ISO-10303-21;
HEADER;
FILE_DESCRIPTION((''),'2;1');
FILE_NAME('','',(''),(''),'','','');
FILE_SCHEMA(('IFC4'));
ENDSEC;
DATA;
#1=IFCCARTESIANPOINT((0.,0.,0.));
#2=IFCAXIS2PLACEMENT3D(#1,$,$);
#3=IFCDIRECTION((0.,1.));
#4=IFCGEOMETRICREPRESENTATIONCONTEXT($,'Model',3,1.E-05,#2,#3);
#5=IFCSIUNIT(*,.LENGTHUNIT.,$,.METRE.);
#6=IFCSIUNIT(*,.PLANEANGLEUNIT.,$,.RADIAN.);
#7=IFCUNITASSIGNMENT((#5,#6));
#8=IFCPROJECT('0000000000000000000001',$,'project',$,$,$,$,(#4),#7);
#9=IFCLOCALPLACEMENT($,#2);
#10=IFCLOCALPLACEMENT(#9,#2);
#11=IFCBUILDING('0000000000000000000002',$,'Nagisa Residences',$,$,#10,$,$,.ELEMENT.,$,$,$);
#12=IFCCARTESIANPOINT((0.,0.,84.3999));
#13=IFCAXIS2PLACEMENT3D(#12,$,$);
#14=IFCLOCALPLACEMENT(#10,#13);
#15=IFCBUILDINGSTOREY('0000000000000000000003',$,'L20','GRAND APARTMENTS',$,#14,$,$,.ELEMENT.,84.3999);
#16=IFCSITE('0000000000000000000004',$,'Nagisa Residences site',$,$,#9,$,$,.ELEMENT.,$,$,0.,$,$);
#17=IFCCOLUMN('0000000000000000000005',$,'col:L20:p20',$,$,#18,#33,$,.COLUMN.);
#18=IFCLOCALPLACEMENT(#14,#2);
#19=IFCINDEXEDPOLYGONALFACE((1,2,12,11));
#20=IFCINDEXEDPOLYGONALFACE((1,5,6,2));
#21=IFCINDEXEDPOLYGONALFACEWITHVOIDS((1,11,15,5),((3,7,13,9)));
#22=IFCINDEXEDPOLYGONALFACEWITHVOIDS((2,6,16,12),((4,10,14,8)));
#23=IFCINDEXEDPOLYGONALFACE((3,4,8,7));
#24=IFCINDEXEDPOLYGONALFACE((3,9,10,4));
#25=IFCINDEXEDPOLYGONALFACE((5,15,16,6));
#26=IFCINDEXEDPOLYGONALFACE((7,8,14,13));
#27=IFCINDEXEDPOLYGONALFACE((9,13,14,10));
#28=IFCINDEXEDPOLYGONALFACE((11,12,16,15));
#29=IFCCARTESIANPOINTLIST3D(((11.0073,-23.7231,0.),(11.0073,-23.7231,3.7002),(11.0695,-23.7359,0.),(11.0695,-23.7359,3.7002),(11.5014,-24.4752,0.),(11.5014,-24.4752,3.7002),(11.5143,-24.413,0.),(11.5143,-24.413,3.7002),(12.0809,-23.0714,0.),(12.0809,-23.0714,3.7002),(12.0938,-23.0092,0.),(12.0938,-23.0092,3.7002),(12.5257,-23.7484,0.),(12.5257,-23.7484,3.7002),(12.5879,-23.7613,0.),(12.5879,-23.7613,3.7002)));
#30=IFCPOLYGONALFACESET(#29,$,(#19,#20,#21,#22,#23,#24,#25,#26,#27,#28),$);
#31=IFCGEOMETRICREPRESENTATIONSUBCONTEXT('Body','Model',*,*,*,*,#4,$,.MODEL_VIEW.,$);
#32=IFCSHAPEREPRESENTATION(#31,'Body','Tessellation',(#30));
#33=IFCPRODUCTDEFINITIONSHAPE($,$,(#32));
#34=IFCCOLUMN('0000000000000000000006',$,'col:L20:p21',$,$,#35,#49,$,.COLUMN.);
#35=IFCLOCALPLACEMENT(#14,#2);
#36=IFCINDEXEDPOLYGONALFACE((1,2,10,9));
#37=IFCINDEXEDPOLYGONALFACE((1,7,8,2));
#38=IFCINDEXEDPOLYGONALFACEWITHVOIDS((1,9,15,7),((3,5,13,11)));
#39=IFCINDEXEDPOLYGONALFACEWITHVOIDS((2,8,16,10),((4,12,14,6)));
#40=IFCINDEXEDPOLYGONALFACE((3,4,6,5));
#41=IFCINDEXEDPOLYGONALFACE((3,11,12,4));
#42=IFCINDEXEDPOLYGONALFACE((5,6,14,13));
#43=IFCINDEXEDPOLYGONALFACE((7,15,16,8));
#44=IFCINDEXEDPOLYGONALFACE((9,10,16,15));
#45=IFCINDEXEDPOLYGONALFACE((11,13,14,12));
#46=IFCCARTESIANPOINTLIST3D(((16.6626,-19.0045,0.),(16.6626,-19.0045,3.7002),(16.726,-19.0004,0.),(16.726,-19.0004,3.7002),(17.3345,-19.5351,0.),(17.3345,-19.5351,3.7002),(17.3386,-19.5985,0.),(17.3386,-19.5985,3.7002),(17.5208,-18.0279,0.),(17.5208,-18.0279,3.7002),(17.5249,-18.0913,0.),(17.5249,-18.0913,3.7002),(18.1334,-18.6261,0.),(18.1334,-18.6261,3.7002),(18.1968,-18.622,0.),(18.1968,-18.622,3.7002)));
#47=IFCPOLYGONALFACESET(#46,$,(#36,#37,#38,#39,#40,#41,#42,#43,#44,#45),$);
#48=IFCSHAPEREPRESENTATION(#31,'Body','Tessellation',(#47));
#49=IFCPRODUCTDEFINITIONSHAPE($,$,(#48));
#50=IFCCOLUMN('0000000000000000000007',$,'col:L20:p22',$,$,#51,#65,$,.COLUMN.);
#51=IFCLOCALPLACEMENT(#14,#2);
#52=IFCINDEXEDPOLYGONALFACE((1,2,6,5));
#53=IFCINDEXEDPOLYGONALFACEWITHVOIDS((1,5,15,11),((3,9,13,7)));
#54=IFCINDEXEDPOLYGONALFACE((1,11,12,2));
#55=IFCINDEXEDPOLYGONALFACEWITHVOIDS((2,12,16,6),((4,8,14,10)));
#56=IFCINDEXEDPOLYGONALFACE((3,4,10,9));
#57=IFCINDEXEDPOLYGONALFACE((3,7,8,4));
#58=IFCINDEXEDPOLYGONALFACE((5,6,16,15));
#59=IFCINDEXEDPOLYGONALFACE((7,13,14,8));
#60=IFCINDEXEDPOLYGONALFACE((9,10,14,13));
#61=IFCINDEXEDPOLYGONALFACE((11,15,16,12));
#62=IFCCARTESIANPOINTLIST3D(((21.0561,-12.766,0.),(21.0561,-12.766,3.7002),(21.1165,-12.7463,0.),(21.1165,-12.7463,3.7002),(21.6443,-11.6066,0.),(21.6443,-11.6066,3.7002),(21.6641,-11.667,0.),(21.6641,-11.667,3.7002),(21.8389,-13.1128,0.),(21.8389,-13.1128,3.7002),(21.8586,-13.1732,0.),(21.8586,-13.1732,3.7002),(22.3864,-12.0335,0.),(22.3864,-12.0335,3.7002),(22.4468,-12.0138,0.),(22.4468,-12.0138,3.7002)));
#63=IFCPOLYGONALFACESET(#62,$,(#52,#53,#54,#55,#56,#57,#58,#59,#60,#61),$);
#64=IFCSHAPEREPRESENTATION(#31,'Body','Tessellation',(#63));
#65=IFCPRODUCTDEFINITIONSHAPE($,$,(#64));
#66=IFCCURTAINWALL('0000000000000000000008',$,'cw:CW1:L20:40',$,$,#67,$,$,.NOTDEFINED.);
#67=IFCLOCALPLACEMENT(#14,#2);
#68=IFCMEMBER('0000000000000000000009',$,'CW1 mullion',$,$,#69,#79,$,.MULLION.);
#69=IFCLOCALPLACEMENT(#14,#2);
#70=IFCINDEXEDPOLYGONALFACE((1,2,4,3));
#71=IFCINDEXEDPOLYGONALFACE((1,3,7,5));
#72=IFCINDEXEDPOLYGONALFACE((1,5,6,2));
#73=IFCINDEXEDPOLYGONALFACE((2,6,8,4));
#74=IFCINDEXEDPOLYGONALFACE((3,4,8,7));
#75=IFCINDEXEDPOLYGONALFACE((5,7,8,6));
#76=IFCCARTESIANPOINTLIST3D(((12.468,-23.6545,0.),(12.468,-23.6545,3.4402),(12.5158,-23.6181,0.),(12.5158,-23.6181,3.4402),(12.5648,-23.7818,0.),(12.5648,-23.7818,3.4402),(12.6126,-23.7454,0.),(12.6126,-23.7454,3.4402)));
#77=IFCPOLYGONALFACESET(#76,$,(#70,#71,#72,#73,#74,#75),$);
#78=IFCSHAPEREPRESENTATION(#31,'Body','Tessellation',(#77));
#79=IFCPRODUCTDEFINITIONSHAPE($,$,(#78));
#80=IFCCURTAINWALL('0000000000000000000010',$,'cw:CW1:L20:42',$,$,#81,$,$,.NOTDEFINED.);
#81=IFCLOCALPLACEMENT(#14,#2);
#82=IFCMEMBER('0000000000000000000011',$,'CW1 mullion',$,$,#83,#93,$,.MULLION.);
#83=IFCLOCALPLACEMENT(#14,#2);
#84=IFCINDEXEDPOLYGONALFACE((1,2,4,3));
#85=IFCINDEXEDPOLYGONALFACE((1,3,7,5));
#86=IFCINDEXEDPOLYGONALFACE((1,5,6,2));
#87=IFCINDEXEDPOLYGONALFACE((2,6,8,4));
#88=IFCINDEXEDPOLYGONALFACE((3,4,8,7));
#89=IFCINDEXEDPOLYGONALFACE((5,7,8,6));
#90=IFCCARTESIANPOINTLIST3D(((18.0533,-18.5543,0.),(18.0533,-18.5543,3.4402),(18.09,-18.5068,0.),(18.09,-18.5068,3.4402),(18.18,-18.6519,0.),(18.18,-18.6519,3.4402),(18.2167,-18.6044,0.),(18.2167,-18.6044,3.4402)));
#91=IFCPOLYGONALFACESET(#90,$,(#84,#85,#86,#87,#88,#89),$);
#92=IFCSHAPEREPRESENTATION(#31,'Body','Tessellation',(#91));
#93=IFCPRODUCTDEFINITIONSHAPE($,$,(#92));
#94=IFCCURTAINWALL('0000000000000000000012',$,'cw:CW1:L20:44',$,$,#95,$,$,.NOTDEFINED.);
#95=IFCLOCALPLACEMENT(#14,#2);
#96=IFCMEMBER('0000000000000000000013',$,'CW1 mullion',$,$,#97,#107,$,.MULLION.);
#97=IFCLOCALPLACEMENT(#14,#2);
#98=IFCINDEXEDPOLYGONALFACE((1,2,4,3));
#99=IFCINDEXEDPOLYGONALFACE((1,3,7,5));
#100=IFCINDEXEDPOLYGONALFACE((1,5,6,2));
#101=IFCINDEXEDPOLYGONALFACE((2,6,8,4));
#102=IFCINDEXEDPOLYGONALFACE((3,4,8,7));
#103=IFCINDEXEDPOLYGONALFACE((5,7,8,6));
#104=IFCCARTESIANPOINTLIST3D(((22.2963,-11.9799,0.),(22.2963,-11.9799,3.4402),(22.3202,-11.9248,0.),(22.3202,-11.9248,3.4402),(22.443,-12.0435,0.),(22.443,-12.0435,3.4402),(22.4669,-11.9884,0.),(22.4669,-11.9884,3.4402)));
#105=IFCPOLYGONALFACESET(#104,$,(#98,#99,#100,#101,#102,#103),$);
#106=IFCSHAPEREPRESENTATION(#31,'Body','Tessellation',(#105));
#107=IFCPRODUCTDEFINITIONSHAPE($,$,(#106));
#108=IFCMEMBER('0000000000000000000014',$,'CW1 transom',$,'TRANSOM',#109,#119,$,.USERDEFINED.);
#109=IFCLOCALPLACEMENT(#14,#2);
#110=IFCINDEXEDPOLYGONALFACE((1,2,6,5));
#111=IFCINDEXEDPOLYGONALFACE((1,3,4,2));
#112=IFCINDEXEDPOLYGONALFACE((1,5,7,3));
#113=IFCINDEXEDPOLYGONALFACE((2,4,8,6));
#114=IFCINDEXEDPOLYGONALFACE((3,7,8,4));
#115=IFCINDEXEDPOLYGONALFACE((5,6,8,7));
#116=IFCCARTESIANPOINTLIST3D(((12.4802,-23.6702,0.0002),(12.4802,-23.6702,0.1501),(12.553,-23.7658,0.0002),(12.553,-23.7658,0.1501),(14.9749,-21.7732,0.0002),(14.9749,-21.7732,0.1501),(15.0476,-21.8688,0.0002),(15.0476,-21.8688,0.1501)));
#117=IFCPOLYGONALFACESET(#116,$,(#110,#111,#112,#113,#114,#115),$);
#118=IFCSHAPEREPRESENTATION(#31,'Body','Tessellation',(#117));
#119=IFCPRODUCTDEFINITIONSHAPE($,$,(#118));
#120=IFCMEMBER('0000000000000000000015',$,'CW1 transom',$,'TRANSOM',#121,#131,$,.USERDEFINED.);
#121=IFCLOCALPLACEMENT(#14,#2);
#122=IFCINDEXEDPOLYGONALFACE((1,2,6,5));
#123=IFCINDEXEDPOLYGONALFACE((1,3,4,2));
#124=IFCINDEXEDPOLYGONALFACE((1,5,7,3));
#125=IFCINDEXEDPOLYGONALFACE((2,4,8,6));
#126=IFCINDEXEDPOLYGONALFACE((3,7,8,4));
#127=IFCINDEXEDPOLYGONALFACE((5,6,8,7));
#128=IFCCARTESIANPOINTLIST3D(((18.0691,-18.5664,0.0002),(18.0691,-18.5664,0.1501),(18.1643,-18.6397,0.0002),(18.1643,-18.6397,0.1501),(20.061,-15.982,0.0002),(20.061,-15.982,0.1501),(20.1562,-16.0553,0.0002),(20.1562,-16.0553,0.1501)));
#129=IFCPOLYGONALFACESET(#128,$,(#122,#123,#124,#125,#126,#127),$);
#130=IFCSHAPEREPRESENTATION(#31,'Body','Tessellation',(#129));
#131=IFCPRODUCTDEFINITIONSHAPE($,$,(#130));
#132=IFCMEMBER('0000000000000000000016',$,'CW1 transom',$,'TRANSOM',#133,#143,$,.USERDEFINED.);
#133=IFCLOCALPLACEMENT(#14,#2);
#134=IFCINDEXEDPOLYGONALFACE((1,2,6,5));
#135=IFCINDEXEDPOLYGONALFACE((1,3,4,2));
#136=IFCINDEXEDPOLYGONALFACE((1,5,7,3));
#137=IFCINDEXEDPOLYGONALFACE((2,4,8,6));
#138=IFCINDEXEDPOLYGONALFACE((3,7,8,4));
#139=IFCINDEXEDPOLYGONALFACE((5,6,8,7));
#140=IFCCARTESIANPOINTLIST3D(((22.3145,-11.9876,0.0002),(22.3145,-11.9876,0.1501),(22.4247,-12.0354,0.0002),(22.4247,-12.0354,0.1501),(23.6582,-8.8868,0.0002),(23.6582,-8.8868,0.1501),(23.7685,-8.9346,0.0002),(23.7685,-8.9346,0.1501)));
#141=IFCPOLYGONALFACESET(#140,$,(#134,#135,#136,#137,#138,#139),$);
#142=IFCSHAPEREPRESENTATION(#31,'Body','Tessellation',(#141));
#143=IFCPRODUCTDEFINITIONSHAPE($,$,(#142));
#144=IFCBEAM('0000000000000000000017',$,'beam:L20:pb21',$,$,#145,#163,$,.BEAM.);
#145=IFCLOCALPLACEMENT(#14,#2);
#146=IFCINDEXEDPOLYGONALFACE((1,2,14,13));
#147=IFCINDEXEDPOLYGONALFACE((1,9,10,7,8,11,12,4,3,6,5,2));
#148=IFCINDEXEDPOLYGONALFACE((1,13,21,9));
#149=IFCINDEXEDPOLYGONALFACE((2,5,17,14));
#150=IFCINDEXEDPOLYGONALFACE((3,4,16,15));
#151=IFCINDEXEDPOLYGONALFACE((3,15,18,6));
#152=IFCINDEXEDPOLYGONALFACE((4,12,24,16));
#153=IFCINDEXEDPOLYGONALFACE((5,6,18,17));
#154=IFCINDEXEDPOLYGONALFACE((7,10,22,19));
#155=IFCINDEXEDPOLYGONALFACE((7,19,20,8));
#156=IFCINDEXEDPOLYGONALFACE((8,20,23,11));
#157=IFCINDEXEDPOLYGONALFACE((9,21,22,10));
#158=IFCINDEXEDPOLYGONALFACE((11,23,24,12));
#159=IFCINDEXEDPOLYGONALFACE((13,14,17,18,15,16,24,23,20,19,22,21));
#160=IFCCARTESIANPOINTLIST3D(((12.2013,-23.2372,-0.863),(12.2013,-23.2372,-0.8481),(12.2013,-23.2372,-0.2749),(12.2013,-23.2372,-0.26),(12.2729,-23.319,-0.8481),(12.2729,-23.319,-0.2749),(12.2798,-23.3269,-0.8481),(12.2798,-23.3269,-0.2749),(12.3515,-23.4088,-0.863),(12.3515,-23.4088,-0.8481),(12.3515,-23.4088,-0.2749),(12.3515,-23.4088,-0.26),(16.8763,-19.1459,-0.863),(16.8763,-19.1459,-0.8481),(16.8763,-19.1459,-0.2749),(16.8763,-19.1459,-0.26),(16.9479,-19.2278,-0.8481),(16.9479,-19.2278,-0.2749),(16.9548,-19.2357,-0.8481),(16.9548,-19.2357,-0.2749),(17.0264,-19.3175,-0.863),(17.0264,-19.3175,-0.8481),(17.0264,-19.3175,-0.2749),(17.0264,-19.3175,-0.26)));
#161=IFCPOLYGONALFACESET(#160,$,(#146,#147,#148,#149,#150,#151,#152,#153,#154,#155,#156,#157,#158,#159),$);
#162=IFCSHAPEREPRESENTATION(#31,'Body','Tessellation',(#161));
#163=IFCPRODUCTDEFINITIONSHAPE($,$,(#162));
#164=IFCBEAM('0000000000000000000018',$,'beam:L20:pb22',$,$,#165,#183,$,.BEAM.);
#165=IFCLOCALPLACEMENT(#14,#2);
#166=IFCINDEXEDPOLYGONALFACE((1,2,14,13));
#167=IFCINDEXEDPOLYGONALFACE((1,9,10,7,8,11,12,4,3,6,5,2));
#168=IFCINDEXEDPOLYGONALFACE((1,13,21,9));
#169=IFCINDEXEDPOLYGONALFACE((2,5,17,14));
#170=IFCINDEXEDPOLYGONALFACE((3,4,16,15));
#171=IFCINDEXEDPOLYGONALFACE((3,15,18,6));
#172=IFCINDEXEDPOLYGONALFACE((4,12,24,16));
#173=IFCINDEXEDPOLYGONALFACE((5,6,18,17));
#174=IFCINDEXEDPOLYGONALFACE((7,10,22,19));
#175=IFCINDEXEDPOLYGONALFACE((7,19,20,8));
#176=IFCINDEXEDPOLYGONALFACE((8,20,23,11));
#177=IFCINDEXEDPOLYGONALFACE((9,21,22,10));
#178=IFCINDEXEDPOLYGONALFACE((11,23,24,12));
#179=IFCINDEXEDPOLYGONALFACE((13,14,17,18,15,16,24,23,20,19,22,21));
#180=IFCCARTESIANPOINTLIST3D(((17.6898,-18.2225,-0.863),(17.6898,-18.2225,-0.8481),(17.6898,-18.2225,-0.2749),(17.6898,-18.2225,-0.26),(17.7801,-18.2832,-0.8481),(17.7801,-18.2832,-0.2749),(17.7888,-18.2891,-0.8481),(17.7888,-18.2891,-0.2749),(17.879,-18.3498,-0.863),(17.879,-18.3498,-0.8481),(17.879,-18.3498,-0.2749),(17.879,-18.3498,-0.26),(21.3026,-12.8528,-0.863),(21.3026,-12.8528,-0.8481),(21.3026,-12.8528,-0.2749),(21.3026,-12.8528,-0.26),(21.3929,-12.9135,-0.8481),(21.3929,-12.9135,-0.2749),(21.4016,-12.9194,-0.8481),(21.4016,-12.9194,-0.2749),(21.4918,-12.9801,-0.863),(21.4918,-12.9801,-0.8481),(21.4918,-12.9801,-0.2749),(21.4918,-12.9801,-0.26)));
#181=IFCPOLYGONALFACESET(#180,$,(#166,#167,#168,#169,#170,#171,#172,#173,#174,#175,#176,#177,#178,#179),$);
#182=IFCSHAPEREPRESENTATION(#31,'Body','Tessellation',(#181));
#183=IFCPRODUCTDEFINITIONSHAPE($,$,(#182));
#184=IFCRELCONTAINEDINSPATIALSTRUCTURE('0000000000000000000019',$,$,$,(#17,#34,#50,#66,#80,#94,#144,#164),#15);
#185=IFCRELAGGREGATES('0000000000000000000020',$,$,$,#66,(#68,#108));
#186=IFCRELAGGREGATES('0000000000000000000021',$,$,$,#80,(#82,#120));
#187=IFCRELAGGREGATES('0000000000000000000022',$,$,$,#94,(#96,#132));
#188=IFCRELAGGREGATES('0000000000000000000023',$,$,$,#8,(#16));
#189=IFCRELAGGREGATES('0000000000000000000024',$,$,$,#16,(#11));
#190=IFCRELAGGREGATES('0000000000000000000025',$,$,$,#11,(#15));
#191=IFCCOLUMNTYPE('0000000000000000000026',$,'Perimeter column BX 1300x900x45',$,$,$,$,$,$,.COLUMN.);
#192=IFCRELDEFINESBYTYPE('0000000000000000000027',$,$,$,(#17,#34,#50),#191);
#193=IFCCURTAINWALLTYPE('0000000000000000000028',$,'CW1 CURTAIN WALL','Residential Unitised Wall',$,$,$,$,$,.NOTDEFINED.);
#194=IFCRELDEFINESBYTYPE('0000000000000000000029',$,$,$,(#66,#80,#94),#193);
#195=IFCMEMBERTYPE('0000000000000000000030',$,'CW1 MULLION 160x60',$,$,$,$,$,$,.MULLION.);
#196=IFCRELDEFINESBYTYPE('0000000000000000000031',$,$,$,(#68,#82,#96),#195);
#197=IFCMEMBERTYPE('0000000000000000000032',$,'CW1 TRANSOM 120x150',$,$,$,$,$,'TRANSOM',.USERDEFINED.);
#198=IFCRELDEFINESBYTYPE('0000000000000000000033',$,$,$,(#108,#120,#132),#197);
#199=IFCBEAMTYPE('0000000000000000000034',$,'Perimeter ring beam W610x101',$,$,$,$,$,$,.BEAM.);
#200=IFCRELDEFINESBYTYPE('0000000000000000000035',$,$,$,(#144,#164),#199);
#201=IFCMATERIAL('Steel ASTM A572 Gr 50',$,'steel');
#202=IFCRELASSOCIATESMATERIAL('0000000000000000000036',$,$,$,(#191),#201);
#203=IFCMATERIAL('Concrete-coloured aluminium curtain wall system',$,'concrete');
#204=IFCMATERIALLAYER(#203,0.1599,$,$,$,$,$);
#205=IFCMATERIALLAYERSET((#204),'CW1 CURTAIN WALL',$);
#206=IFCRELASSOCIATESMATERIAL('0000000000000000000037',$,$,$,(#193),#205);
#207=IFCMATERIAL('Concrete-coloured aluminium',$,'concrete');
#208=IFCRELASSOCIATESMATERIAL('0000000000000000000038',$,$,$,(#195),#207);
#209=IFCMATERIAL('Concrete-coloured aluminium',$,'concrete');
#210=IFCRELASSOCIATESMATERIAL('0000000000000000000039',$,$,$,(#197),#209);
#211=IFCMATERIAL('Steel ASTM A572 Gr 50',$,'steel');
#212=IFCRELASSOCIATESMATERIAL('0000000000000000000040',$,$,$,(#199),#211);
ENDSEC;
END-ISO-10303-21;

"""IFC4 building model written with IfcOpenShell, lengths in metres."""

from ifc_helpers import new_model, si_unit, direction, frame, origin, origin_2d, place, context, subcontext, project, spatial, rectangle, hollow_rectangle, i_section, extrude, material, layer, layer_set, material_profile, profile_set, type_object, element, aggregate, save


model = new_model("IFC4")

# Units and contexts
model_context = context("Model", 3, precision=1e-05, world=origin(), true_north=direction((0.0, 1.0)))
body_context = subcontext(model_context, "Body", "Model", "MODEL_VIEW")
ifc_project = project(units=[si_unit("LENGTHUNIT", "METRE"), si_unit("PLANEANGLEUNIT", "RADIAN")], contexts=[model_context])

# Site, building, storey
site_placement = place(None, origin())
site = spatial("IfcSite", under=ifc_project, at=site_placement, Name="Nagisa Residences site", CompositionType="ELEMENT", RefElevation=0.0)
building_placement = place(site_placement, origin())
building = spatial("IfcBuilding", under=site, at=building_placement, Name="Nagisa Residences", CompositionType="ELEMENT")
storey_placement = place(building_placement, frame((0.0, 0.0, 84.3999)))
storey = spatial("IfcBuildingStorey", under=building, at=storey_placement, Name="L20", Description="GRAND APARTMENTS", CompositionType="ELEMENT", Elevation=84.3999)

# Columns
ifc_material_1 = material(Name="Steel ASTM A572 Gr 50", Category="steel")
ifc_material_profile_1 = material_profile(ifc_material_1, hollow_rectangle(XDim=1.3, YDim=0.8999, WallThickness=0.0449, at=origin_2d()), Name="BX 1300x900x45")
ifc_profile_set_1 = profile_set([ifc_material_profile_1], Name="Steel ASTM A572 Gr 50")
column_type = type_object("IfcColumnType", Name="Perimeter column BX 1300x900x45", PredefinedType="COLUMN", material=ifc_profile_set_1)
for number, where, z_axis, x_axis, name in (
    (1, (11.7976, -23.7422, 0.0), (0.0, 0.0, 1.0), (0.835766, 0.549086, 0.0), "col:L20:p20"),
    (2, (17.4297, -18.8132, 0.0), (0.0, 0.0, 1.0), (0.660115, 0.751165, 0.0), "col:L20:p21"),
    (3, (21.7515, -12.3899, 0.0), (0.0, 0.0, 1.0), (0.452463, 0.891783, 0.0), "col:L20:p22"),
):
    element("IfcColumn", number, at=place(storey_placement, frame(where, z_axis=z_axis, x_axis=x_axis)), inside=storey, type_object=column_type, Name=name, PredefinedType="COLUMN", context=body_context, shape_type="SweptSolid", body=[
        extrude(hollow_rectangle(XDim=1.3, YDim=0.8999, WallThickness=0.0449, at=origin_2d()), origin(), (0.0, 0.0, 1.0), 3.7002),
    ])

# Curtain walls, members
ifc_material_2 = material(Name="Concrete-coloured aluminium curtain wall system", Category="concrete")
ifc_layer_1 = layer(ifc_material_2, 0.1599)
ifc_layer_set_1 = layer_set([ifc_layer_1], Name="CW1 CURTAIN WALL")
curtain_wall_type = type_object("IfcCurtainWallType", Name="CW1 CURTAIN WALL", Description="Residential Unitised Wall", PredefinedType="NOTDEFINED", material=ifc_layer_set_1)
curtain_wall_1_placement = place(storey_placement, origin())
curtain_wall_1 = element("IfcCurtainWall", 4, at=curtain_wall_1_placement, inside=storey, type_object=curtain_wall_type, Name="cw:CW1:L20:40", PredefinedType="NOTDEFINED")
ifc_material_3 = material(Name="Concrete-coloured aluminium", Category="concrete")
ifc_material_profile_2 = material_profile(ifc_material_3, rectangle(XDim=0.1599, YDim=0.0601, at=origin_2d()), Name="CW1 MULLION 160x60")
ifc_profile_set_2 = profile_set([ifc_material_profile_2], Name="Concrete-coloured aluminium")
member_type_1 = type_object("IfcMemberType", Name="CW1 MULLION 160x60", PredefinedType="MULLION", material=ifc_profile_set_2)
member_1_placement = place(storey_placement, frame((12.5403, -23.7, 0.0), z_axis=(0.0, 0.0, 1.0), x_axis=(-0.605255, 0.796031, 0.0)))
member_1 = element("IfcMember", 5, at=member_1_placement, type_object=member_type_1, Name="CW1 mullion", PredefinedType="MULLION", context=body_context, shape_type="SweptSolid", body=[
    extrude(rectangle(XDim=0.1599, YDim=0.0601, at=origin_2d()), origin(), (0.0, 0.0, 1.0), 3.4402),
])
curtain_wall_2_placement = place(storey_placement, origin())
curtain_wall_2 = element("IfcCurtainWall", 6, at=curtain_wall_2_placement, inside=storey, type_object=curtain_wall_type, Name="cw:CW1:L20:42", PredefinedType="NOTDEFINED")
member_2_placement = place(storey_placement, frame((18.135, -18.5793, 0.0), z_axis=(0.0, 0.0, 1.0), x_axis=(-0.79207, 0.61043, 0.0)))
member_2 = element("IfcMember", 7, at=member_2_placement, type_object=member_type_1, Name="CW1 mullion", PredefinedType="MULLION", context=body_context, shape_type="SweptSolid", body=[
    extrude(rectangle(XDim=0.1599, YDim=0.0601, at=origin_2d()), origin(), (0.0, 0.0, 1.0), 3.4402),
])
curtain_wall_3_placement = place(storey_placement, origin())
curtain_wall_3 = element("IfcCurtainWall", 8, at=curtain_wall_3_placement, inside=storey, type_object=curtain_wall_type, Name="cw:CW1:L20:44", PredefinedType="NOTDEFINED")
member_3_placement = place(storey_placement, frame((22.3816, -11.9841, 0.0), z_axis=(0.0, 0.0, 1.0), x_axis=(-0.917543, 0.397636, 0.0)))
member_3 = element("IfcMember", 9, at=member_3_placement, type_object=member_type_1, Name="CW1 mullion", PredefinedType="MULLION", context=body_context, shape_type="SweptSolid", body=[
    extrude(rectangle(XDim=0.1599, YDim=0.0601, at=origin_2d()), origin(), (0.0, 0.0, 1.0), 3.4402),
])

# Members
ifc_material_4 = material(Name="Concrete-coloured aluminium", Category="concrete")
ifc_material_profile_3 = material_profile(ifc_material_4, rectangle(XDim=0.1201, YDim=0.1499, at=origin_2d()), Name="CW1 TRANSOM 120x150")
ifc_profile_set_3 = profile_set([ifc_material_profile_3], Name="Concrete-coloured aluminium")
member_type_2 = type_object("IfcMemberType", Name="CW1 TRANSOM 120x150", ElementType="TRANSOM", PredefinedType="USERDEFINED", material=ifc_profile_set_3)
member_4_placement = place(storey_placement, frame((12.5166, -23.718, 0.0752), z_axis=(0.796, 0.605297, 0.0), x_axis=(-0.605297, 0.796, 0.0)))
member_4 = element("IfcMember", 10, at=member_4_placement, type_object=member_type_2, Name="CW1 transom", ObjectType="TRANSOM", PredefinedType="USERDEFINED", context=body_context, shape_type="SweptSolid", body=[
    extrude(rectangle(XDim=0.1201, YDim=0.1499, at=origin_2d()), origin(), (0.0, 0.0, 1.0), 3.134),
])
member_5_placement = place(storey_placement, frame((18.1167, -18.603, 0.0752), z_axis=(0.610459, 0.792048, 0.0), x_axis=(-0.792048, 0.610459, 0.0)))
member_5 = element("IfcMember", 11, at=member_5_placement, type_object=member_type_2, Name="CW1 transom", ObjectType="TRANSOM", PredefinedType="USERDEFINED", context=body_context, shape_type="SweptSolid", body=[
    extrude(rectangle(XDim=0.1201, YDim=0.1499, at=origin_2d()), origin(), (0.0, 0.0, 1.0), 3.2629),
])
member_6_placement = place(storey_placement, frame((22.3696, -12.0115, 0.0752), z_axis=(0.397622, 0.917549, 0.0), x_axis=(-0.917549, 0.397622, 0.0)))
member_6 = element("IfcMember", 12, at=member_6_placement, type_object=member_type_2, Name="CW1 transom", ObjectType="TRANSOM", PredefinedType="USERDEFINED", context=body_context, shape_type="SweptSolid", body=[
    extrude(rectangle(XDim=0.1201, YDim=0.1499, at=origin_2d()), origin(), (0.0, 0.0, 1.0), 3.3794),
])

# Beams
ifc_material_5 = material(Name="Steel ASTM A572 Gr 50", Category="steel")
ifc_material_profile_4 = material_profile(ifc_material_5, i_section(OverallWidth=0.228, OverallDepth=0.603, WebThickness=0.0105, FlangeThickness=0.0149, at=origin_2d()), Name="W610x101")
ifc_profile_set_4 = profile_set([ifc_material_profile_4], Name="Steel ASTM A572 Gr 50")
beam_type_1 = type_object("IfcBeamType", Name="Perimeter ring beam W610x101", PredefinedType="BEAM", material=ifc_profile_set_4)
beam_1_placement = place(storey_placement, frame((12.2764, -23.323, -0.5615), z_axis=(0.752526, 0.658563, 0.0), x_axis=(-0.658563, 0.752526, 0.0)))
element("IfcBeam", 13, at=beam_1_placement, inside=storey, type_object=beam_type_1, Name="beam:L20:pb21", PredefinedType="BEAM", context=body_context, shape_type="SweptSolid", body=[
    extrude(i_section(OverallWidth=0.228, OverallDepth=0.603, WebThickness=0.0105, FlangeThickness=0.0149, at=origin_2d()), origin(), (0.0, 0.0, 1.0), 6.2124),
])
beam_2_placement = place(storey_placement, frame((17.7844, -18.2861, -0.5615), z_axis=(0.55823, 0.829687, 0.0), x_axis=(-0.829687, 0.55823, 0.0)))
element("IfcBeam", 14, at=beam_2_placement, inside=storey, type_object=beam_type_1, Name="beam:L20:pb22", PredefinedType="BEAM", context=body_context, shape_type="SweptSolid", body=[
    extrude(i_section(OverallWidth=0.228, OverallDepth=0.603, WebThickness=0.0105, FlangeThickness=0.0149, at=origin_2d()), origin(), (0.0, 0.0, 1.0), 6.4719),
])

aggregate(curtain_wall_1, [member_1, member_4])
aggregate(curtain_wall_2, [member_2, member_5])
aggregate(curtain_wall_3, [member_3, member_6])

save(model, "model.ifc")
